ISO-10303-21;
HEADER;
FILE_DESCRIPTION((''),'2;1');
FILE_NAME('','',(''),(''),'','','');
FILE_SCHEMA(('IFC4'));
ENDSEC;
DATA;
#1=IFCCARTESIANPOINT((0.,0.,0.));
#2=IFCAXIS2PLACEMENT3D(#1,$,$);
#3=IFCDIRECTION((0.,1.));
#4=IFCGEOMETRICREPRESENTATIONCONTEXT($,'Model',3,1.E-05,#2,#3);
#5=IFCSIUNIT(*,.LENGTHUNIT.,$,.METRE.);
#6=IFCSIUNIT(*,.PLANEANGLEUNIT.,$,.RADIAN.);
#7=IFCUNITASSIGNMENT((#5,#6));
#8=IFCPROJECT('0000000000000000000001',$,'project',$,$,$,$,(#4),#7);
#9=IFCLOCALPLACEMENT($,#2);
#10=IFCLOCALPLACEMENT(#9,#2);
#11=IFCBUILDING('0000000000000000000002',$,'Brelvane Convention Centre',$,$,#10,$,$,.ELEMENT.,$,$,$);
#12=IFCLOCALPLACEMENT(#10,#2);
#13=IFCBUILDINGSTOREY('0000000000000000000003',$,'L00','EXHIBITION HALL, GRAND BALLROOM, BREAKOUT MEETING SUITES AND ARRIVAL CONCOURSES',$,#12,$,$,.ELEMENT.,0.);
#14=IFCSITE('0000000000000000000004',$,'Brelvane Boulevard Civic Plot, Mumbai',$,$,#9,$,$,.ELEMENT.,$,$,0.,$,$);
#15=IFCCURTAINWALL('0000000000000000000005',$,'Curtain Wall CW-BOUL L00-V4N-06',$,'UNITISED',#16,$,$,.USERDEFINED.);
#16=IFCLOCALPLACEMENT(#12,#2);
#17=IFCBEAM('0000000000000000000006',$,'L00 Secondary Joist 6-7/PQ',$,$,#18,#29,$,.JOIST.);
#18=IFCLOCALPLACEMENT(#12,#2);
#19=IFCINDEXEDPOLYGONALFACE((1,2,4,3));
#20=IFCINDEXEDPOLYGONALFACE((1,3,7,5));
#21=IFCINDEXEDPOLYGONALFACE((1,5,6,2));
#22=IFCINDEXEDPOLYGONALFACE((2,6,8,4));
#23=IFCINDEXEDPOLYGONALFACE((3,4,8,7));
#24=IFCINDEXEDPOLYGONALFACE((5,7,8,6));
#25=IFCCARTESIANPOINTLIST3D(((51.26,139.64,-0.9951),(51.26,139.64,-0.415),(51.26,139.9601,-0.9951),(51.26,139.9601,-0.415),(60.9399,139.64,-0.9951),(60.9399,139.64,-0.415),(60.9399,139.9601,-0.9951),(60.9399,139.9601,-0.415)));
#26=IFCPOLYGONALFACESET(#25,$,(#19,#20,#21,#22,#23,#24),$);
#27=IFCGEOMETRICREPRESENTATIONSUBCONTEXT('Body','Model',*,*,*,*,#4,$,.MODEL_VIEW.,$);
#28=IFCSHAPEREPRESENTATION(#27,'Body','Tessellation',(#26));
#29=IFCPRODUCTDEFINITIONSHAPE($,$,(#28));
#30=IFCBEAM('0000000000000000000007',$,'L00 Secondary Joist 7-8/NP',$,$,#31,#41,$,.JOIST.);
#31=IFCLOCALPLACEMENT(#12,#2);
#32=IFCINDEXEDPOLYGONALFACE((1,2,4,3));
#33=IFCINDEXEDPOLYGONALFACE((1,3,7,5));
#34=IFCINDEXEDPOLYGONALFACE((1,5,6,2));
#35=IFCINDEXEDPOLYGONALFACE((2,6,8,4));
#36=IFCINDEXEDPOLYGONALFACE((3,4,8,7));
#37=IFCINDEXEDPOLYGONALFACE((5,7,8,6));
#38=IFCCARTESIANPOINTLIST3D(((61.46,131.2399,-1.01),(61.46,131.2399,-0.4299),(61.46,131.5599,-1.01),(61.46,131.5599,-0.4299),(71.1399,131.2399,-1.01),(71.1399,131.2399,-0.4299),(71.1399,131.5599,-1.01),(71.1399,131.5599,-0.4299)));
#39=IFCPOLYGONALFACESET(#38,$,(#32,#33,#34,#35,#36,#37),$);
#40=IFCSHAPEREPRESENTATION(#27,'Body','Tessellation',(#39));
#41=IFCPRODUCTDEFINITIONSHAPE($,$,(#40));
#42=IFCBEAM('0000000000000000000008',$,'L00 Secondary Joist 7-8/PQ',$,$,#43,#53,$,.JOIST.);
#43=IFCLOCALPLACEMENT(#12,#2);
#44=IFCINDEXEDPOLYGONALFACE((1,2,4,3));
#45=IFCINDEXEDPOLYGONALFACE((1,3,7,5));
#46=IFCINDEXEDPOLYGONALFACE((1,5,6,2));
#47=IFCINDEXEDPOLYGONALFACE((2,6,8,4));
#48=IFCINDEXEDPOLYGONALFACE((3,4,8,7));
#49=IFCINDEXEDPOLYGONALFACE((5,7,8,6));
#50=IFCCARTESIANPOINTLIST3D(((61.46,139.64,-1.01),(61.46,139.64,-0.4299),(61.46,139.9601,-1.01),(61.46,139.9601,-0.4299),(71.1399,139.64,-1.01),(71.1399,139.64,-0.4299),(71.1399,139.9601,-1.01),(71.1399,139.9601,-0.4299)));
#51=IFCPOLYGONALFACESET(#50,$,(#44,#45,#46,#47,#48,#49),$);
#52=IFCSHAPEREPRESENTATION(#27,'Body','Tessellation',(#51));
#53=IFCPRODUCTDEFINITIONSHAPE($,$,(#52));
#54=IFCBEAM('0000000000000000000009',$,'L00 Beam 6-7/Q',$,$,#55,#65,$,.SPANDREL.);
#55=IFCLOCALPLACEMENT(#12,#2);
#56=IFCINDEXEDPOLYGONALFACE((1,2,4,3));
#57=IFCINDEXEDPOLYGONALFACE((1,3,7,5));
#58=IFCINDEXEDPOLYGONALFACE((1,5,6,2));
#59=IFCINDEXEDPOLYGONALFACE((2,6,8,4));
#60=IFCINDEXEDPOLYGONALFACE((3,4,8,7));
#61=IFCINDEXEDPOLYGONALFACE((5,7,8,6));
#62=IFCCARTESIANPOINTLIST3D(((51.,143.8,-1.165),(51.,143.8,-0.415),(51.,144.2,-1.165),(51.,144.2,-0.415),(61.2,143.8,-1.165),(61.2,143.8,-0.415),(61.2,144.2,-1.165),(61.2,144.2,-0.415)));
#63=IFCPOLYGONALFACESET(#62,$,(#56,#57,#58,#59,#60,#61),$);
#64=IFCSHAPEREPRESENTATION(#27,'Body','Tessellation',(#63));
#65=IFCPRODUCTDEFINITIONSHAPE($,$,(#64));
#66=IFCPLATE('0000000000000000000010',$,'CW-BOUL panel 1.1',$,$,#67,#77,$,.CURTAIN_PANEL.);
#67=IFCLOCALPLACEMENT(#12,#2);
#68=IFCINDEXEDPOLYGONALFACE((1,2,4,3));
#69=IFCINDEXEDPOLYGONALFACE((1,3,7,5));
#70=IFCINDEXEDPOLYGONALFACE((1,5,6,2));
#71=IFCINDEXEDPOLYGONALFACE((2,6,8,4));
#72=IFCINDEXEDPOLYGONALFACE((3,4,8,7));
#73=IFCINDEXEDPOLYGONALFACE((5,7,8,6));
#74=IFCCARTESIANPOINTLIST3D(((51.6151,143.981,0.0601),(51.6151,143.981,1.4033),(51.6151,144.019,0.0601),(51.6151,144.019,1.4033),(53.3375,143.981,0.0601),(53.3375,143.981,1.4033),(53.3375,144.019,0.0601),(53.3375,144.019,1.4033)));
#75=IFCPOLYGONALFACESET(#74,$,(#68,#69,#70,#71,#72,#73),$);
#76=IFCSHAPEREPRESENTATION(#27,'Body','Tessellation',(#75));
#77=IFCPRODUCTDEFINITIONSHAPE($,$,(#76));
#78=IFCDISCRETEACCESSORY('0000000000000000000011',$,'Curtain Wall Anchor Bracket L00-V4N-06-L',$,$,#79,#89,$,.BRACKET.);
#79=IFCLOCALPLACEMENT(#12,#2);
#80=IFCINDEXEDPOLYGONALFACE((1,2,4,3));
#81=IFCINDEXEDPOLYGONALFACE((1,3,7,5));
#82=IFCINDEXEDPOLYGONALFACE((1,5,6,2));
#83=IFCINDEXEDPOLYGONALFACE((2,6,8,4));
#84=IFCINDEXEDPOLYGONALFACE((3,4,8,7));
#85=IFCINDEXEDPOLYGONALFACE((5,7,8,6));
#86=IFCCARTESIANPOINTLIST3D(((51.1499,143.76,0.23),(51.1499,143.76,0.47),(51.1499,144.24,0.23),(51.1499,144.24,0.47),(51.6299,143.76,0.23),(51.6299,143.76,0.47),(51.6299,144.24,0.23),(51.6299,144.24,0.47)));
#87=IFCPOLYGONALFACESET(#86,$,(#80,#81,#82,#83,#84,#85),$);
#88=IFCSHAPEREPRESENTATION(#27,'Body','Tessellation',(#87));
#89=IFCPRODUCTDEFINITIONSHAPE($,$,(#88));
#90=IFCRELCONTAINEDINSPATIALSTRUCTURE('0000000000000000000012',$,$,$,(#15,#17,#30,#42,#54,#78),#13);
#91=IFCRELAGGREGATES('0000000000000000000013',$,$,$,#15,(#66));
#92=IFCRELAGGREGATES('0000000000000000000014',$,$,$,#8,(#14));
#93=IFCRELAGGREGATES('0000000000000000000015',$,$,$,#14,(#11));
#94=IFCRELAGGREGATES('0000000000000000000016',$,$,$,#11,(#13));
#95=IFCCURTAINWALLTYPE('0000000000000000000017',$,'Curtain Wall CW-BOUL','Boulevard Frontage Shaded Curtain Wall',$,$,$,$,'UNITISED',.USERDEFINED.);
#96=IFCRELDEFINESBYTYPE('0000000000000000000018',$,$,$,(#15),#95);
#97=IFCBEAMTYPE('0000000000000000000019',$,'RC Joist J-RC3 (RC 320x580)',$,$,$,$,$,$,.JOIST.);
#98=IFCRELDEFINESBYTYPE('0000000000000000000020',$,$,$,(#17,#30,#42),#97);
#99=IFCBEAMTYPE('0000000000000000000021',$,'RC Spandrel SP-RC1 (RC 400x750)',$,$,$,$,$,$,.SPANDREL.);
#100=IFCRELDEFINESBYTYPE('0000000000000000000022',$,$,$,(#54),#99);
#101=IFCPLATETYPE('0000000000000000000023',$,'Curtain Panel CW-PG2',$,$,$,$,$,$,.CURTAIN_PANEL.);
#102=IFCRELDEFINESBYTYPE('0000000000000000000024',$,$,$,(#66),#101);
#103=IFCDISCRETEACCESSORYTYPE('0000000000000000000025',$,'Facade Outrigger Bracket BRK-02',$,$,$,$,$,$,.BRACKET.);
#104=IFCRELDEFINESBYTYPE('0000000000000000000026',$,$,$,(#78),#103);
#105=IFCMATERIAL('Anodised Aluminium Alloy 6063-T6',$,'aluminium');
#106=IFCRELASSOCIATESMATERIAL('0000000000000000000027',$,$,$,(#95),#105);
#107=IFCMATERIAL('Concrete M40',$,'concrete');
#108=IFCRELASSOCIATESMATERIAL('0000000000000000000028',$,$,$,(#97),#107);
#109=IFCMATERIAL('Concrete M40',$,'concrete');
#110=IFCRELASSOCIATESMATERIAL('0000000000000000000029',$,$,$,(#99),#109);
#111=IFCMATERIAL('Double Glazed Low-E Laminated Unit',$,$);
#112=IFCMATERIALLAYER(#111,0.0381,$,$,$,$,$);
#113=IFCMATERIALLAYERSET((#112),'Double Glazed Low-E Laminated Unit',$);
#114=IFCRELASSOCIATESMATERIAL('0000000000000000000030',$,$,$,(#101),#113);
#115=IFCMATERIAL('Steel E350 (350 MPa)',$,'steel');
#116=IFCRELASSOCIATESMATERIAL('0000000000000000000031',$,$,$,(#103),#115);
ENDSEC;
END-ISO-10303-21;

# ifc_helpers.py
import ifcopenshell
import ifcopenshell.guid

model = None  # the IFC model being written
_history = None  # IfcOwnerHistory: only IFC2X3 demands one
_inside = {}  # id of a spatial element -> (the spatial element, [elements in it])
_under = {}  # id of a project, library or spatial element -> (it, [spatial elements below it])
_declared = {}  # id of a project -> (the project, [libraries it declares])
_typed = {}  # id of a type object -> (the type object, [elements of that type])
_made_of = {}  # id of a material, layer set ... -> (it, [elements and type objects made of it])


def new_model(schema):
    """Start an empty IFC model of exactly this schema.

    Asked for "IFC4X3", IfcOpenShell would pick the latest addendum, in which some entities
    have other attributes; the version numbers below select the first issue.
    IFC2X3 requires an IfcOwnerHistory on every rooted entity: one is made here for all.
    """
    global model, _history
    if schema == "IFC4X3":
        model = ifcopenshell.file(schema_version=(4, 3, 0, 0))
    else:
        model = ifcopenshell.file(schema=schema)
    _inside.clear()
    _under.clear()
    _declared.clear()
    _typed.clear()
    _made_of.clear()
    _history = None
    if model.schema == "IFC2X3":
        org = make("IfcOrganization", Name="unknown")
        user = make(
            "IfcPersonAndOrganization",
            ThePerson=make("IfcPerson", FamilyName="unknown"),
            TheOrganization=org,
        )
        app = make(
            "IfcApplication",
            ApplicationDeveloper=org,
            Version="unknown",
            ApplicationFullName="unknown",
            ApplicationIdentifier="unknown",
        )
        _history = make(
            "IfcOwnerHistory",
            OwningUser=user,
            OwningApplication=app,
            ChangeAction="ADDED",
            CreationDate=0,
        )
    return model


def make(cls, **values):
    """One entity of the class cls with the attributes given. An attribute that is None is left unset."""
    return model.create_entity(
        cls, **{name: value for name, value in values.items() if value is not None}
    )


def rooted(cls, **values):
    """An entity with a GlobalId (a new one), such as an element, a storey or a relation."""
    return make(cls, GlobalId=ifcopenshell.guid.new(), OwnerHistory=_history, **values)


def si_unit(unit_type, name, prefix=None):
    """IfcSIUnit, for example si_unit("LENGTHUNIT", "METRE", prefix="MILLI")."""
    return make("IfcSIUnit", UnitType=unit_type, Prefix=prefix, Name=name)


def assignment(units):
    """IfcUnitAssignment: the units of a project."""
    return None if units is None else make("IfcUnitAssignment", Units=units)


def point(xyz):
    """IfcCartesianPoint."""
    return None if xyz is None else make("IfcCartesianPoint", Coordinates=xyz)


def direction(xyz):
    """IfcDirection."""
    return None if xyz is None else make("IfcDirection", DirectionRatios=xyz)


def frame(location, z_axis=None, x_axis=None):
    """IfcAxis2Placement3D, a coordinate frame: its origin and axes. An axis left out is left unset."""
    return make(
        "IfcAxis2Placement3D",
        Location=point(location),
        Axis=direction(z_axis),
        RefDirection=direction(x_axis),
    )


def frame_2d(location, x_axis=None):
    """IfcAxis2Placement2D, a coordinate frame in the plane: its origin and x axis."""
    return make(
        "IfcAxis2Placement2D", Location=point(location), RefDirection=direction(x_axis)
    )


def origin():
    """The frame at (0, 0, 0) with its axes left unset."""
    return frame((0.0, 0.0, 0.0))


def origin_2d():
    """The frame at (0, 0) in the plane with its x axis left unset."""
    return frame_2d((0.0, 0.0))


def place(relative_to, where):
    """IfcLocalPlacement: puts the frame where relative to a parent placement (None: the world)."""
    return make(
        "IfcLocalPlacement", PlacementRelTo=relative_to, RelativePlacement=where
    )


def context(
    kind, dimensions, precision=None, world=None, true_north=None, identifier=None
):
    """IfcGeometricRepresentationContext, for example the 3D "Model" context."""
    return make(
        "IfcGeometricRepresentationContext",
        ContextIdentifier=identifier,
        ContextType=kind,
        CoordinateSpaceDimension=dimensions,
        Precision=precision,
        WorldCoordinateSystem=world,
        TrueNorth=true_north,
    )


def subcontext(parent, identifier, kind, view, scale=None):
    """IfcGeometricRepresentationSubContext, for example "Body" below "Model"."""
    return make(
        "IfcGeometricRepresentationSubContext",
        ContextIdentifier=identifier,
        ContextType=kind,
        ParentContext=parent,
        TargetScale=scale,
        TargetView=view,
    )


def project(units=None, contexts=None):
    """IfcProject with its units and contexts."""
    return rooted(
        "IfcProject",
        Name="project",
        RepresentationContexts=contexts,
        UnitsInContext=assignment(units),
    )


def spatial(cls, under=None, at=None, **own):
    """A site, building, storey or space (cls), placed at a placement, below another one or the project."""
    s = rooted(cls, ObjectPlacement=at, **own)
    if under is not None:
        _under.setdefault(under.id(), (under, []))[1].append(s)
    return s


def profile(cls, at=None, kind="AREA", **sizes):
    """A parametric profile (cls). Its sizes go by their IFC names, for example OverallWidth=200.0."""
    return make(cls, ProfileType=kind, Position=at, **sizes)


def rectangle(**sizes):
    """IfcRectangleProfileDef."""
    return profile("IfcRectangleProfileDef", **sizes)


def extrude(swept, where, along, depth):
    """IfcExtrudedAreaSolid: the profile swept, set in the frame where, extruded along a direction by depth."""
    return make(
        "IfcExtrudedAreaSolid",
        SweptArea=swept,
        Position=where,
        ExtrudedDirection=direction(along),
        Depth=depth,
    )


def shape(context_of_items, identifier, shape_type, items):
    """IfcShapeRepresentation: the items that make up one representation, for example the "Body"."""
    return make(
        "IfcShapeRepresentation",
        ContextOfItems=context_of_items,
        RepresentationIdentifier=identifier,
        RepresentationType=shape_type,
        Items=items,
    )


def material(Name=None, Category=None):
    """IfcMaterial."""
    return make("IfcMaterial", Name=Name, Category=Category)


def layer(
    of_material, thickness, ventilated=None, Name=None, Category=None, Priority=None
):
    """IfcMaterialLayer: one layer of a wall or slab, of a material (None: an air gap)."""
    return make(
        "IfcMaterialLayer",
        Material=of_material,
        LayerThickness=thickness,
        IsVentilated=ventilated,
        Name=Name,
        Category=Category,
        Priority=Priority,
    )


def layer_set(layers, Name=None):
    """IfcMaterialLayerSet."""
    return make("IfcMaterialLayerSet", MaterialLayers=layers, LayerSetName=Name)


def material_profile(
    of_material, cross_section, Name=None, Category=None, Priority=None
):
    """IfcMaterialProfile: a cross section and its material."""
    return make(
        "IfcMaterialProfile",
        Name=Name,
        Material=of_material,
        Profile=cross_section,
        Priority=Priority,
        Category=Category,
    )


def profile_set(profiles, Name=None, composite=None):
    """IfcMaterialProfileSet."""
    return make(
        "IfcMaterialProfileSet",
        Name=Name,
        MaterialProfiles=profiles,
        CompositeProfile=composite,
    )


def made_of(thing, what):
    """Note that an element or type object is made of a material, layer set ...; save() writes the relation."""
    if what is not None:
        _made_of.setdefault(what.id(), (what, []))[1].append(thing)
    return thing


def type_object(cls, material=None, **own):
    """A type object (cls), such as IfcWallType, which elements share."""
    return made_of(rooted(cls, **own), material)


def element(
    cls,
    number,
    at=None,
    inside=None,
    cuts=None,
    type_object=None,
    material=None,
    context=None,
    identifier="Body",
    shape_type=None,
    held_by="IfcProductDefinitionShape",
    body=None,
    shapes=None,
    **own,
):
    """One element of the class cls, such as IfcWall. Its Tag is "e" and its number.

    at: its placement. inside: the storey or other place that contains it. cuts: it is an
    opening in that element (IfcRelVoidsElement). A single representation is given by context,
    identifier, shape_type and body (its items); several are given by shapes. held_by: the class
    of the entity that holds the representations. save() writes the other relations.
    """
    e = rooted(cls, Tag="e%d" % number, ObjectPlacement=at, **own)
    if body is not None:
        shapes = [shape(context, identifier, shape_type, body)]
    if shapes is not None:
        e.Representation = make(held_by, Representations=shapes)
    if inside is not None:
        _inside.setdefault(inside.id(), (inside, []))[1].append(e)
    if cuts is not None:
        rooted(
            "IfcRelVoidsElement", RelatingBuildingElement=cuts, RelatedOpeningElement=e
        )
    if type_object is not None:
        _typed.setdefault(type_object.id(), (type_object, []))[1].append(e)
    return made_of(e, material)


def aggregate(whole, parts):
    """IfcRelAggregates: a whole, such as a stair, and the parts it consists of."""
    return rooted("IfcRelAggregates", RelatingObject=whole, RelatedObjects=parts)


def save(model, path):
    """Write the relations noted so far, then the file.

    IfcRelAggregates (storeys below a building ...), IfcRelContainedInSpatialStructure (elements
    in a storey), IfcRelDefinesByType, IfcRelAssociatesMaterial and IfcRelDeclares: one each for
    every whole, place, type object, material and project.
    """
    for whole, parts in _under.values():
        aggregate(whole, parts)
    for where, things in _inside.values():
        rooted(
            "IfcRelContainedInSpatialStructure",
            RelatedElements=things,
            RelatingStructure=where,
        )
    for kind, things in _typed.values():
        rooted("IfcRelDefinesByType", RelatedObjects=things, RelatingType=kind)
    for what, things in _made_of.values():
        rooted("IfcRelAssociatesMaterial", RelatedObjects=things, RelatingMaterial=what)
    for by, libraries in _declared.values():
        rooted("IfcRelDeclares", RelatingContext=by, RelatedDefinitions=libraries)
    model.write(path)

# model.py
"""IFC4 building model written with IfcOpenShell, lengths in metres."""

from ifc_helpers import new_model, si_unit, direction, frame, origin, origin_2d, place, context, subcontext, project, spatial, rectangle, extrude, material, layer, layer_set, material_profile, profile_set, type_object, element, aggregate, save


model = new_model("IFC4")

# Units and contexts
model_context = context("Model", 3, precision=1e-05, world=origin(), true_north=direction((0.0, 1.0)))
body_context = subcontext(model_context, "Body", "Model", "MODEL_VIEW")
ifc_project = project(units=[si_unit("LENGTHUNIT", "METRE"), si_unit("PLANEANGLEUNIT", "RADIAN")], contexts=[model_context])

# Site, building, storey
site_placement = place(None, origin())
site = spatial("IfcSite", under=ifc_project, at=site_placement, Name="Brelvane Boulevard Civic Plot, Mumbai", CompositionType="ELEMENT", RefElevation=0.0)
building_placement = place(site_placement, origin())
building = spatial("IfcBuilding", under=site, at=building_placement, Name="Brelvane Convention Centre", CompositionType="ELEMENT")
storey_placement = place(building_placement, origin())
storey = spatial("IfcBuildingStorey", under=building, at=storey_placement, Name="L00", Description="EXHIBITION HALL, GRAND BALLROOM, BREAKOUT MEETING SUITES AND ARRIVAL CONCOURSES", CompositionType="ELEMENT", Elevation=0.0)

# Curtain wall
ifc_material_1 = material(Name="Anodised Aluminium Alloy 6063-T6", Category="aluminium")
curtain_wall_type = type_object("IfcCurtainWallType", Name="Curtain Wall CW-BOUL", Description="Boulevard Frontage Shaded Curtain Wall", ElementType="UNITISED", PredefinedType="USERDEFINED", material=ifc_material_1)
curtain_wall_placement = place(storey_placement, origin())
curtain_wall = element("IfcCurtainWall", 1, at=curtain_wall_placement, inside=storey, type_object=curtain_wall_type, Name="Curtain Wall CW-BOUL L00-V4N-06", ObjectType="UNITISED", PredefinedType="USERDEFINED")

# Beams
ifc_material_2 = material(Name="Concrete M40", Category="concrete")
ifc_material_profile_1 = material_profile(ifc_material_2, rectangle(XDim=0.3201, YDim=0.5801, at=origin_2d()), Name="RC 320x580")
ifc_profile_set_1 = profile_set([ifc_material_profile_1], Name="Concrete M40")
beam_type_1 = type_object("IfcBeamType", Name="RC Joist J-RC3 (RC 320x580)", PredefinedType="JOIST", material=ifc_profile_set_1)
for number, where, z_axis, x_axis, name in (
    (2, (51.26, 139.8, -0.7051), (1.0, 0.0, 0.0), (0.0, 1.0, 0.0), "L00 Secondary Joist 6-7/PQ"),
    (3, (61.46, 131.3999, -0.72), (1.0, 0.0, 0.0), (0.0, 1.0, 0.0), "L00 Secondary Joist 7-8/NP"),
    (4, (61.46, 139.8, -0.72), (1.0, 0.0, 0.0), (0.0, 1.0, 0.0), "L00 Secondary Joist 7-8/PQ"),
):
    element("IfcBeam", number, at=place(storey_placement, frame(where, z_axis=z_axis, x_axis=x_axis)), inside=storey, type_object=beam_type_1, Name=name, PredefinedType="JOIST", context=body_context, shape_type="SweptSolid", body=[
        extrude(rectangle(XDim=0.3201, YDim=0.5801, at=origin_2d()), origin(), (0.0, 0.0, 1.0), 9.6799),
    ])
ifc_material_3 = material(Name="Concrete M40", Category="concrete")
ifc_material_profile_2 = material_profile(ifc_material_3, rectangle(XDim=0.3999, YDim=0.75, at=origin_2d()), Name="RC 400x750")
ifc_profile_set_2 = profile_set([ifc_material_profile_2], Name="Concrete M40")
beam_type_2 = type_object("IfcBeamType", Name="RC Spandrel SP-RC1 (RC 400x750)", PredefinedType="SPANDREL", material=ifc_profile_set_2)
beam_placement = place(storey_placement, frame((51.0, 144.0, -0.79), z_axis=(1.0, 0.0, 0.0), x_axis=(0.0, 1.0, 0.0)))
element("IfcBeam", 5, at=beam_placement, inside=storey, type_object=beam_type_2, Name="L00 Beam 6-7/Q", PredefinedType="SPANDREL", context=body_context, shape_type="SweptSolid", body=[
    extrude(rectangle(XDim=0.3999, YDim=0.75, at=origin_2d()), origin(), (0.0, 0.0, 1.0), 10.2),
])

# Plate
ifc_material_4 = material(Name="Double Glazed Low-E Laminated Unit")
ifc_layer = layer(ifc_material_4, 0.0381)
ifc_layer_set = layer_set([ifc_layer], Name="Double Glazed Low-E Laminated Unit")
plate_type = type_object("IfcPlateType", Name="Curtain Panel CW-PG2", PredefinedType="CURTAIN_PANEL", material=ifc_layer_set)
plate_placement = place(storey_placement, frame((52.4763, 144.0, 0.0601), z_axis=(0.0, 0.0, 1.0), x_axis=(1.0, 0.0, 0.0)))
plate = element("IfcPlate", 6, at=plate_placement, type_object=plate_type, Name="CW-BOUL panel 1.1", PredefinedType="CURTAIN_PANEL", context=body_context, shape_type="SweptSolid", body=[
    extrude(rectangle(XDim=1.7224, YDim=0.0381, at=origin_2d()), origin(), (0.0, 0.0, 1.0), 1.3433),
])
aggregate(curtain_wall, [plate])

# Discrete accessory
ifc_material_5 = material(Name="Steel E350 (350 MPa)", Category="steel")
discrete_accessory_type = type_object("IfcDiscreteAccessoryType", Name="Facade Outrigger Bracket BRK-02", PredefinedType="BRACKET", material=ifc_material_5)
discrete_accessory_placement = place(storey_placement, frame((51.3899, 144.0, 0.23), z_axis=(0.0, 0.0, 1.0), x_axis=(1.0, 0.0, 0.0)))
element("IfcDiscreteAccessory", 7, at=discrete_accessory_placement, inside=storey, type_object=discrete_accessory_type, Name="Curtain Wall Anchor Bracket L00-V4N-06-L", PredefinedType="BRACKET", context=body_context, shape_type="SweptSolid", body=[
    extrude(rectangle(XDim=0.48, YDim=0.48, at=origin_2d()), origin(), (0.0, 0.0, 1.0), 0.24),
])

save(model, "model.ifc")
